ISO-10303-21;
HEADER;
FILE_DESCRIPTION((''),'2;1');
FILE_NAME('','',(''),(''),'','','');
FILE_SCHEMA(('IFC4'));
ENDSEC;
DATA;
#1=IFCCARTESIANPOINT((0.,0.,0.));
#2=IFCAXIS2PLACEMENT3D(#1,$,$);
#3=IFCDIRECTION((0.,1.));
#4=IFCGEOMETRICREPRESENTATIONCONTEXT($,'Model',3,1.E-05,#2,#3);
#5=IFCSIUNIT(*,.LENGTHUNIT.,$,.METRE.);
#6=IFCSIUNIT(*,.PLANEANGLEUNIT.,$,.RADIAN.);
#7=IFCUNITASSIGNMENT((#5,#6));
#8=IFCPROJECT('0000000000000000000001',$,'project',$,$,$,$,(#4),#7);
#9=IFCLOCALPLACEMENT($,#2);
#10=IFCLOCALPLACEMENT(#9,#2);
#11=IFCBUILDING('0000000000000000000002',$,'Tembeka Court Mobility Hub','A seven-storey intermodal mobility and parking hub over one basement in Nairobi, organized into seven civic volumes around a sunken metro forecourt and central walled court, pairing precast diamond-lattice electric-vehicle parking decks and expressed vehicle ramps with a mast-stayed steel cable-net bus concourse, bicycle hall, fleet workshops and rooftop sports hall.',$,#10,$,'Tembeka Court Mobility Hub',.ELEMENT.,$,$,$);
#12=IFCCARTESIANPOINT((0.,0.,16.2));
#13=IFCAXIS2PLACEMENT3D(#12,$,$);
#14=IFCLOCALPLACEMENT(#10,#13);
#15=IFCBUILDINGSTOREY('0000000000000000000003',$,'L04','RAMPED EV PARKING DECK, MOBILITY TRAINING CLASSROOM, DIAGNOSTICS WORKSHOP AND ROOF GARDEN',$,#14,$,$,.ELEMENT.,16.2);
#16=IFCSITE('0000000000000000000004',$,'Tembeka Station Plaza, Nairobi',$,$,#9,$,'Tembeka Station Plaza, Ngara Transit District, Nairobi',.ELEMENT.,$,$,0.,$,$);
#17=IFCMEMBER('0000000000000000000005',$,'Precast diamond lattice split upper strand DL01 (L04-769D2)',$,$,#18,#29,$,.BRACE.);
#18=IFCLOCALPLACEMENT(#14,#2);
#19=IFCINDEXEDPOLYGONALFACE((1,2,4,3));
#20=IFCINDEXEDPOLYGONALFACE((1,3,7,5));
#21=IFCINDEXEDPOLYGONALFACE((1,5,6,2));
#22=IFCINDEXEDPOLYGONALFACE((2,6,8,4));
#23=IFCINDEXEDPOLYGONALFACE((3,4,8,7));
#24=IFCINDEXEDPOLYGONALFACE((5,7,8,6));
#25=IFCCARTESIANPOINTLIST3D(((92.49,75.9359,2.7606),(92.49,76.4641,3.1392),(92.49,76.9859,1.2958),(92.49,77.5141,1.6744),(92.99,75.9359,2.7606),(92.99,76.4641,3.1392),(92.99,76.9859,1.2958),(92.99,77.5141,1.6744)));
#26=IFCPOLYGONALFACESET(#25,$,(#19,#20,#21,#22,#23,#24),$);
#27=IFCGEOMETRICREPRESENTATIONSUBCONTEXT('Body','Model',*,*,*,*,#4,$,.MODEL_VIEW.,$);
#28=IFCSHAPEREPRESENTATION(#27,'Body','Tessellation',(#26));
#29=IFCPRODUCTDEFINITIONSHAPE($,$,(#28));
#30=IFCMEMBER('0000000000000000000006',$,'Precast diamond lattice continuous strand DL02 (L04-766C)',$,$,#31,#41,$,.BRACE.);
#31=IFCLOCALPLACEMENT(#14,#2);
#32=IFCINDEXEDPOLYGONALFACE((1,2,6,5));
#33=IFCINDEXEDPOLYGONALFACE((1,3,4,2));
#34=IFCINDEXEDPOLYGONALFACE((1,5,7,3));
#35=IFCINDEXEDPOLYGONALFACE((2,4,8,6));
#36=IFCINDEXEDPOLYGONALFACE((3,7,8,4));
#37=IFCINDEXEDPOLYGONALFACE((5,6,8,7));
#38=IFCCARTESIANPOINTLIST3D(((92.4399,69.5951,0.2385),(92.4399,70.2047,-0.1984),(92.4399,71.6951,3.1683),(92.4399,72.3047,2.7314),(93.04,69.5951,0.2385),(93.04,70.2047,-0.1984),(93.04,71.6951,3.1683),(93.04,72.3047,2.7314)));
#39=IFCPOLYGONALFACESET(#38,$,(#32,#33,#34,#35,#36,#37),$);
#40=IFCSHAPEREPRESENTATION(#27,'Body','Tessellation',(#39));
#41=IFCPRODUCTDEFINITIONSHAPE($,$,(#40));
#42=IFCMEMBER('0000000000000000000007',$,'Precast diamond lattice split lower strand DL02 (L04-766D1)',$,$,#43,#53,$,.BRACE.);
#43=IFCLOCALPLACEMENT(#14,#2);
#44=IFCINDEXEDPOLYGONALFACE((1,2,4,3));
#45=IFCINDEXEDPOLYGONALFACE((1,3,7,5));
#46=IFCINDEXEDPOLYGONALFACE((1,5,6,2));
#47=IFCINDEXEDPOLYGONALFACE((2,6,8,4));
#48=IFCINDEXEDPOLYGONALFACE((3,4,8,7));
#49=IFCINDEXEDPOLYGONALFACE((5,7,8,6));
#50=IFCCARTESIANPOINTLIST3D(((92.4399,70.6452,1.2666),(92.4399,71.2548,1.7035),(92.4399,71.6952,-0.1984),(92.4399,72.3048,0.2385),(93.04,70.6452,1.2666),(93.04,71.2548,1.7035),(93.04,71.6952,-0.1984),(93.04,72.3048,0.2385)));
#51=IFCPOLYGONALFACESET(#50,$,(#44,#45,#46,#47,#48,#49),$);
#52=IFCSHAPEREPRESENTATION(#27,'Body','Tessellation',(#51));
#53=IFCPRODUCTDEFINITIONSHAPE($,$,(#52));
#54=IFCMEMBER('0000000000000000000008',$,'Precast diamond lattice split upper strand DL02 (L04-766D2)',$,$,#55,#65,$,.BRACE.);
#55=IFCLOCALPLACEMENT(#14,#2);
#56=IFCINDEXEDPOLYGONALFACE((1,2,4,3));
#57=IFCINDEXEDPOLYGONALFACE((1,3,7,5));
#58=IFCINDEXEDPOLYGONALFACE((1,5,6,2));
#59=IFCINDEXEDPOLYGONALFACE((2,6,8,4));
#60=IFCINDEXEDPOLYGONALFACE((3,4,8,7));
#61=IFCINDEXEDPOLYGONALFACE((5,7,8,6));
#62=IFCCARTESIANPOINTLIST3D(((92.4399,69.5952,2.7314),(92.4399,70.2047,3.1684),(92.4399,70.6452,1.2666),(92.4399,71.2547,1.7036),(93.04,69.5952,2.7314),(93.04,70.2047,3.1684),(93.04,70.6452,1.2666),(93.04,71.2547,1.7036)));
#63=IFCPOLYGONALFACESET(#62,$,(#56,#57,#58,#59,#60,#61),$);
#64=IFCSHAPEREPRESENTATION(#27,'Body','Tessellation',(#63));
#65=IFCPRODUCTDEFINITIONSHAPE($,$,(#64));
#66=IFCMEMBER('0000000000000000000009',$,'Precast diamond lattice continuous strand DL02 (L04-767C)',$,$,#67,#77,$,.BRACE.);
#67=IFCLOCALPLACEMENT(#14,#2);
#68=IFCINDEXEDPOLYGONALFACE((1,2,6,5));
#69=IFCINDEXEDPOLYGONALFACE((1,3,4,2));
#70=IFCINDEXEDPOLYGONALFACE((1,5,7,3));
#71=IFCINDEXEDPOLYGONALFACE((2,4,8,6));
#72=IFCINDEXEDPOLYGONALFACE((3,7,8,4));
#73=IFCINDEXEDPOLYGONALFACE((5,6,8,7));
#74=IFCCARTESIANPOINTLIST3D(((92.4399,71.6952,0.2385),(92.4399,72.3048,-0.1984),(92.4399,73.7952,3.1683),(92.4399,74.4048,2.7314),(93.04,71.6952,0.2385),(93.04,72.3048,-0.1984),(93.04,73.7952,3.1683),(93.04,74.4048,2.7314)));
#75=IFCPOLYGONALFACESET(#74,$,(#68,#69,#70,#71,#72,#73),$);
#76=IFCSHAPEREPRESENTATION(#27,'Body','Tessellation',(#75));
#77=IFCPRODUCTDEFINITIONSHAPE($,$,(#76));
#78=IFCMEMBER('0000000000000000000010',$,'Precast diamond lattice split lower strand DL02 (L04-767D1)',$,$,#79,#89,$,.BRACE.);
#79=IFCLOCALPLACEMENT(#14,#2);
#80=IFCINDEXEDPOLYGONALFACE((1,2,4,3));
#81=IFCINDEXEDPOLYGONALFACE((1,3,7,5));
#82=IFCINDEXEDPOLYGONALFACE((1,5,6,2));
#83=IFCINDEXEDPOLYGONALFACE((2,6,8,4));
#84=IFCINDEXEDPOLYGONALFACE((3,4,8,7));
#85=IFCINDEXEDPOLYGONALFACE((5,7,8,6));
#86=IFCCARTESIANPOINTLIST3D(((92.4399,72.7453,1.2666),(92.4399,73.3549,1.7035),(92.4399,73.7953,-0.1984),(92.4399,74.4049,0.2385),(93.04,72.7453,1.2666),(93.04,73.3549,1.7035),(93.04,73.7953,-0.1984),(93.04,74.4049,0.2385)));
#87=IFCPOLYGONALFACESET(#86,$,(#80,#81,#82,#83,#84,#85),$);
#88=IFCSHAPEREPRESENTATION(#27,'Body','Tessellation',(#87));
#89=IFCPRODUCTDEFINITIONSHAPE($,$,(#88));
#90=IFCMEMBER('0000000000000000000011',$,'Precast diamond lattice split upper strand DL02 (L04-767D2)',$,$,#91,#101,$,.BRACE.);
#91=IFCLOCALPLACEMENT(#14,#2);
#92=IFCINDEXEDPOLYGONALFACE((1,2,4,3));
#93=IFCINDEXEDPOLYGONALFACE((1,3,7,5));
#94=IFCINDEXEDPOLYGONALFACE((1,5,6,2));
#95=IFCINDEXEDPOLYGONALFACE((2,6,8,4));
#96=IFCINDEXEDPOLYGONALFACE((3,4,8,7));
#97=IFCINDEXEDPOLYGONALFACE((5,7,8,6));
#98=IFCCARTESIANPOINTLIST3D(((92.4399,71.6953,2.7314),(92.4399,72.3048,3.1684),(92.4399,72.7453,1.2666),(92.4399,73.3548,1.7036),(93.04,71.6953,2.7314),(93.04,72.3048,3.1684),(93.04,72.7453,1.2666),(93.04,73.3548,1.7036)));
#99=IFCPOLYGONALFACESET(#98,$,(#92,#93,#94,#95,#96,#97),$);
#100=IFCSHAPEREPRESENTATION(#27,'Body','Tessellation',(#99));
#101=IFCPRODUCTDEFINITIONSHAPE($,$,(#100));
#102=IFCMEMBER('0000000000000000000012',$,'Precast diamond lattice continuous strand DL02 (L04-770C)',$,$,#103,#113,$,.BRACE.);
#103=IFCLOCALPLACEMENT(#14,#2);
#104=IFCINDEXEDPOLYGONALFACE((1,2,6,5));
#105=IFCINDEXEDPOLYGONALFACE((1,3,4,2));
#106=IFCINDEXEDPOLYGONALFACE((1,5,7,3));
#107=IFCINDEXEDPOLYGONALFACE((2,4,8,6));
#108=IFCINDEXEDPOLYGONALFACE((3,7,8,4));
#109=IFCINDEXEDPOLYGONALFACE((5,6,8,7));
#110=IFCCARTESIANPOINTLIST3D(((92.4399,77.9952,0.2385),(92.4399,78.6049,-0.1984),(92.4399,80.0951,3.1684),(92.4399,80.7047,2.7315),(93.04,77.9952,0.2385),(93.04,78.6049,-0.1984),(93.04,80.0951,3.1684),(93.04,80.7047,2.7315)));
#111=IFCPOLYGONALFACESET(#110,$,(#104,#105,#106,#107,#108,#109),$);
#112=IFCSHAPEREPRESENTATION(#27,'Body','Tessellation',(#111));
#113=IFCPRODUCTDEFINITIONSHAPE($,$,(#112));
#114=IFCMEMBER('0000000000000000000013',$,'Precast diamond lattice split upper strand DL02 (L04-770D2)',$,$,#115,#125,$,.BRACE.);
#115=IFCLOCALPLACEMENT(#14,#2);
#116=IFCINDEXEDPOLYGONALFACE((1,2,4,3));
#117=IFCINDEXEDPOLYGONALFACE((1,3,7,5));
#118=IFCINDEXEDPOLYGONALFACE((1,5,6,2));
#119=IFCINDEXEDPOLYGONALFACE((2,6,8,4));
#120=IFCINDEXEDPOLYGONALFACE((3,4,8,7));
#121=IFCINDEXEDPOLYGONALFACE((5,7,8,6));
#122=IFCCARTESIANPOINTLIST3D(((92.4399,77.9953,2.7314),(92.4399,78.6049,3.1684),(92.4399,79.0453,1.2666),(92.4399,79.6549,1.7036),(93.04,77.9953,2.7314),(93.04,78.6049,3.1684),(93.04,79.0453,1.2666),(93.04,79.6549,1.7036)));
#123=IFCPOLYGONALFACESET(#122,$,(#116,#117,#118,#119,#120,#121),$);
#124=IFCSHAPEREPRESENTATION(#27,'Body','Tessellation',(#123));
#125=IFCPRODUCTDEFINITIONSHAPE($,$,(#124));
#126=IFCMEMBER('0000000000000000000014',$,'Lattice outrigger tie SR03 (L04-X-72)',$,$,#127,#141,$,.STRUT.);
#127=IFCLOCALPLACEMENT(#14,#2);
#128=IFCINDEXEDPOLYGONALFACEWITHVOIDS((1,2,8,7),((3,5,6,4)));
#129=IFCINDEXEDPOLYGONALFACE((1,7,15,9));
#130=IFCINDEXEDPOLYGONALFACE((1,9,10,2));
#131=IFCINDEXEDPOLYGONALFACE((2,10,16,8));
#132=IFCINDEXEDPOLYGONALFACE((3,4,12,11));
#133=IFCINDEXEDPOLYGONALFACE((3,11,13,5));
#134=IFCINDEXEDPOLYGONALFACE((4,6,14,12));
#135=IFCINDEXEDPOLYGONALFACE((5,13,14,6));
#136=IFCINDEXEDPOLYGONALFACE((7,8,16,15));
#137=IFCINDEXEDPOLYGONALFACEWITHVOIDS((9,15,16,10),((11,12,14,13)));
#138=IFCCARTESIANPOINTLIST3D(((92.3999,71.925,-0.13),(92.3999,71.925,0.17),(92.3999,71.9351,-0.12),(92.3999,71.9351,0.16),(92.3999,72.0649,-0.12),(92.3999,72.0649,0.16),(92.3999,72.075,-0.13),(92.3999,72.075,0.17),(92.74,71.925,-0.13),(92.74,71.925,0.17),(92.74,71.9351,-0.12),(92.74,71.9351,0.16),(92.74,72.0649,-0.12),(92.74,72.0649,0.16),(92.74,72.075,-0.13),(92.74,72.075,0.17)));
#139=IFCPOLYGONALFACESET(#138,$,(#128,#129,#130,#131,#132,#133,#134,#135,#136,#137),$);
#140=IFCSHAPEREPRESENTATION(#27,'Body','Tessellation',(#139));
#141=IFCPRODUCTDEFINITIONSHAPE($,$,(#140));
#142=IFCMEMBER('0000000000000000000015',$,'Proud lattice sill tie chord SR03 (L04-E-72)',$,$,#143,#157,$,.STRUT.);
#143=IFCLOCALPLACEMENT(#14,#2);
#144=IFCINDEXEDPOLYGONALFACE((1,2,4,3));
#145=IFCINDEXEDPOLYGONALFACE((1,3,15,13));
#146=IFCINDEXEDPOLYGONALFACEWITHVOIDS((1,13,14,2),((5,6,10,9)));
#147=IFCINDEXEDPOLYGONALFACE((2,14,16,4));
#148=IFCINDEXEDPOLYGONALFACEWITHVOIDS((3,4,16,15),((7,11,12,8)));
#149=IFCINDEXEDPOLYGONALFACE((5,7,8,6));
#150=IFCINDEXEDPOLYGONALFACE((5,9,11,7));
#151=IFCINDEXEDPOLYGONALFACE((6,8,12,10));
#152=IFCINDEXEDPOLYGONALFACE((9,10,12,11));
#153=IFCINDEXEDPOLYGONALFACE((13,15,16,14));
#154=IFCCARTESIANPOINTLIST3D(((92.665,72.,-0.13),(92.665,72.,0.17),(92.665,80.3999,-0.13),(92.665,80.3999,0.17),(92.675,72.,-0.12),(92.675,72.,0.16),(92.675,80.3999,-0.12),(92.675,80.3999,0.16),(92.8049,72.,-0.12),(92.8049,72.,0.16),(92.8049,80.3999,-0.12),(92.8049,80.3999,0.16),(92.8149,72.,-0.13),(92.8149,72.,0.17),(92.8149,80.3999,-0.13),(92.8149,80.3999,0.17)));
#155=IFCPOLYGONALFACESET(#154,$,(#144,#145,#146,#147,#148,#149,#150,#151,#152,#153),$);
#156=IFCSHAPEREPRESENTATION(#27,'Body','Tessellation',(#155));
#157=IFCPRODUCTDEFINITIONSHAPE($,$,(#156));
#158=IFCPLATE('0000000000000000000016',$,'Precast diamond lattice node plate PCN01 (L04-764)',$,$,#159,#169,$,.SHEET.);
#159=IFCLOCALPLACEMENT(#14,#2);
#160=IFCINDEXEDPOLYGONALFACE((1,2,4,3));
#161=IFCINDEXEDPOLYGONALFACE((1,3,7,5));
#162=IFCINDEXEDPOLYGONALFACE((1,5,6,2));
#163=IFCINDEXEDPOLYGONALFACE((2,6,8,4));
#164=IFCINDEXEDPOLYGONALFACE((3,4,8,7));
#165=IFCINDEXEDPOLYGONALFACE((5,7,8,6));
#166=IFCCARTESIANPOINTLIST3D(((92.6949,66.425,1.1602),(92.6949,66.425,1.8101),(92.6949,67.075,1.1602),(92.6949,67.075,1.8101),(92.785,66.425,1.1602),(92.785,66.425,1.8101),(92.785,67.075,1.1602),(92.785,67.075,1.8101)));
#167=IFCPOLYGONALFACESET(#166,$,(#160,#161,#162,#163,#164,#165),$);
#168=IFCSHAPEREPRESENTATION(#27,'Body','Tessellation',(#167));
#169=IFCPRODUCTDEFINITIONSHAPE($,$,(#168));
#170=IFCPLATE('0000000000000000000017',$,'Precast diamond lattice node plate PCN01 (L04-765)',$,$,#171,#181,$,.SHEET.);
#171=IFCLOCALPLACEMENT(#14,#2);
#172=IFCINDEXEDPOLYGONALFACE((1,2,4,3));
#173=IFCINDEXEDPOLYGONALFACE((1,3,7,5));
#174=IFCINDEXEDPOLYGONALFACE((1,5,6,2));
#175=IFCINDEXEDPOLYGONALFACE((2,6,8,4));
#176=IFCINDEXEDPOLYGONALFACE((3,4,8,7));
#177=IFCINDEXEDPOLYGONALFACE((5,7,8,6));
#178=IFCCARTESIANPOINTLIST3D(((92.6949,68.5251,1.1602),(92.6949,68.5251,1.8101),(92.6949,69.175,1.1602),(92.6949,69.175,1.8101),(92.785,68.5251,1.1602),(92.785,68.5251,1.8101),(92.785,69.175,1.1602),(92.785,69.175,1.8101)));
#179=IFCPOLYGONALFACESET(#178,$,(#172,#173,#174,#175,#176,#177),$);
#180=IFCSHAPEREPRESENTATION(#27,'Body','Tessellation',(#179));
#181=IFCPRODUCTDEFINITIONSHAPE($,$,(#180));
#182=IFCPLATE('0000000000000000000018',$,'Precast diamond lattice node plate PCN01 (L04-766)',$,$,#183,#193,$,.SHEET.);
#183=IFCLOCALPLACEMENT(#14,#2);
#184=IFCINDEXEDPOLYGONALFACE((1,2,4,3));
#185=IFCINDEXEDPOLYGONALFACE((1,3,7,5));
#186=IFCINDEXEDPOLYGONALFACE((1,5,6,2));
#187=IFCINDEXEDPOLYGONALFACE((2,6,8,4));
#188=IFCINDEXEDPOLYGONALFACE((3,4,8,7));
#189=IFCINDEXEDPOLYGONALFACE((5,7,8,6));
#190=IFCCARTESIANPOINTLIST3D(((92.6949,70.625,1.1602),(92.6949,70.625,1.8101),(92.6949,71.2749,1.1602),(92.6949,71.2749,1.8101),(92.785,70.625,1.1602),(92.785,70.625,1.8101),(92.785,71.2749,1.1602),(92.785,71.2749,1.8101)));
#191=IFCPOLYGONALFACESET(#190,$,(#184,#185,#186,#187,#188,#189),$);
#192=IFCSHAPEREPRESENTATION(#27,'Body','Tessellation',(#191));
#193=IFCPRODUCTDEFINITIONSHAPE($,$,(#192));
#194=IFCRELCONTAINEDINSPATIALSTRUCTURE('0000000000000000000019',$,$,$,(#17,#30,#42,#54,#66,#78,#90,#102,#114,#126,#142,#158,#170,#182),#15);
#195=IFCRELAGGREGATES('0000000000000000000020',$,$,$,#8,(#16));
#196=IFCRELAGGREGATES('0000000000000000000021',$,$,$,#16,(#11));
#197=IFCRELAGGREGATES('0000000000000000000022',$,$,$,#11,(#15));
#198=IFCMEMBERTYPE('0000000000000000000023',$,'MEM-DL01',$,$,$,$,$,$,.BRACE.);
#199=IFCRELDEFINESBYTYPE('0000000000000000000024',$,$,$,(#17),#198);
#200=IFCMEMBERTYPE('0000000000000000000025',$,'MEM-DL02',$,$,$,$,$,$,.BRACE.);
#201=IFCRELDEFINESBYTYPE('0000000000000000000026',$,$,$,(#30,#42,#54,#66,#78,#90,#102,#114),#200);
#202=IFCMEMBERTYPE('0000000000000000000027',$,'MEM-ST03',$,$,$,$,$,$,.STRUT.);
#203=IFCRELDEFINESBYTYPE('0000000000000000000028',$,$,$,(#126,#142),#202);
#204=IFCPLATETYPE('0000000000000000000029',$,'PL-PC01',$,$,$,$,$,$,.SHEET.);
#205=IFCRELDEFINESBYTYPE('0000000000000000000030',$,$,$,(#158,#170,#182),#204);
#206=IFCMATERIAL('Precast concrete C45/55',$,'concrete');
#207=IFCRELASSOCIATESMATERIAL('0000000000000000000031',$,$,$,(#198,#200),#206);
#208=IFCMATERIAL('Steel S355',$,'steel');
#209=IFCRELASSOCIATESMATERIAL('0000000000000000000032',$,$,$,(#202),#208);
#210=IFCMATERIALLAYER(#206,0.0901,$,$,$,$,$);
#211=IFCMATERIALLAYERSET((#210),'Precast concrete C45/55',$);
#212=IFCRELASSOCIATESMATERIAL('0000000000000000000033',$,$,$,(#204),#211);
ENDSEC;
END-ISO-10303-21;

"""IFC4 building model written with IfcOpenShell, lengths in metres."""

from ifc_helpers import new_model, si_unit, direction, frame, origin, origin_2d, place, context, subcontext, project, spatial, rectangle, hollow_rectangle, extrude, material, layer, layer_set, material_profile, profile_set, type_object, element, save


model = new_model("IFC4")

# Units and contexts
model_context = context("Model", 3, precision=1e-05, world=origin(), true_north=direction((0.0, 1.0)))
body_context = subcontext(model_context, "Body", "Model", "MODEL_VIEW")
ifc_project = project(units=[si_unit("LENGTHUNIT", "METRE"), si_unit("PLANEANGLEUNIT", "RADIAN")], contexts=[model_context])

# Site, building, storey
site_placement = place(None, origin())
site = spatial("IfcSite", under=ifc_project, at=site_placement, Name="Tembeka Station Plaza, Nairobi", LongName="Tembeka Station Plaza, Ngara Transit District, Nairobi", CompositionType="ELEMENT", RefElevation=0.0)
building_placement = place(site_placement, origin())
building = spatial("IfcBuilding", under=site, at=building_placement, Name="Tembeka Court Mobility Hub", Description="A seven-storey intermodal mobility and parking hub over one basement in Nairobi, organized into seven civic volumes around a sunken metro forecourt and central walled court, pairing precast diamond-lattice electric-vehicle parking decks and expressed vehicle ramps with a mast-stayed steel cable-net bus concourse, bicycle hall, fleet workshops and rooftop sports hall.", LongName="Tembeka Court Mobility Hub", CompositionType="ELEMENT")
storey_placement = place(building_placement, frame((0.0, 0.0, 16.2)))
storey = spatial("IfcBuildingStorey", under=building, at=storey_placement, Name="L04", Description="RAMPED EV PARKING DECK, MOBILITY TRAINING CLASSROOM, DIAGNOSTICS WORKSHOP AND ROOF GARDEN", CompositionType="ELEMENT", Elevation=16.2)

# Shared definitions
ifc_material_1 = material(Name="Steel S355", Category="steel")

# Shared definitions
ifc_material_2 = material(Name="Precast concrete C45/55", Category="concrete")

# Members
ifc_material_profile_1 = material_profile(ifc_material_2, rectangle(XDim=0.5, YDim=0.6499, at=origin_2d()), Name="PC-DIAG 500x650")
ifc_profile_set_1 = profile_set([ifc_material_profile_1], Name="Precast concrete C45/55")
member_type_1 = type_object("IfcMemberType", Name="MEM-DL01", PredefinedType="BRACE", material=ifc_profile_set_1)
member_1_placement = place(storey_placement, frame((92.74, 77.25, 1.4851), z_axis=(0.0, -0.582608, 0.812753), x_axis=(1.0, 0.0, 0.0)))
element("IfcMember", 1, at=member_1_placement, inside=storey, type_object=member_type_1, Name="Precast diamond lattice split upper strand DL01 (L04-769D2)", PredefinedType="BRACE", context=body_context, shape_type="SweptSolid", body=[
    extrude(rectangle(XDim=0.5, YDim=0.6499, at=origin_2d()), origin(), (0.0, 0.0, 1.0), 1.8022),
])
ifc_material_profile_2 = material_profile(ifc_material_2, rectangle(XDim=0.6001, YDim=0.75, at=origin_2d()), Name="PC-DIAG 600x750")
ifc_profile_set_2 = profile_set([ifc_material_profile_2], Name="Precast concrete C45/55")
member_type_2 = type_object("IfcMemberType", Name="MEM-DL02", PredefinedType="BRACE", material=ifc_profile_set_2)
member_2_placement = place(storey_placement, frame((92.74, 69.8999, 0.02), z_axis=(0.0, 0.582576, 0.812776), x_axis=(-1.0, 0.0, 0.0)))
element("IfcMember", 2, at=member_2_placement, inside=storey, type_object=member_type_2, Name="Precast diamond lattice continuous strand DL02 (L04-766C)", PredefinedType="BRACE", context=body_context, shape_type="SweptSolid", body=[
    extrude(rectangle(XDim=0.6001, YDim=0.75, at=origin_2d()), origin(), (0.0, 0.0, 1.0), 3.6047),
])
member_3_placement = place(storey_placement, frame((92.74, 72.0, 0.02), z_axis=(0.0, -0.582544, 0.812799), x_axis=(1.0, 0.0, 0.0)))
element("IfcMember", 3, at=member_3_placement, inside=storey, type_object=member_type_2, Name="Precast diamond lattice split lower strand DL02 (L04-766D1)", PredefinedType="BRACE", context=body_context, shape_type="SweptSolid", body=[
    extrude(rectangle(XDim=0.6001, YDim=0.75, at=origin_2d()), origin(), (0.0, 0.0, 1.0), 1.8025),
])
member_4_placement = place(storey_placement, frame((92.74, 70.95, 1.4851), z_axis=(0.0, -0.582608, 0.812753), x_axis=(1.0, 0.0, 0.0)))
element("IfcMember", 4, at=member_4_placement, inside=storey, type_object=member_type_2, Name="Precast diamond lattice split upper strand DL02 (L04-766D2)", PredefinedType="BRACE", context=body_context, shape_type="SweptSolid", body=[
    extrude(rectangle(XDim=0.6001, YDim=0.75, at=origin_2d()), origin(), (0.0, 0.0, 1.0), 1.8022),
])
member_5_placement = place(storey_placement, frame((92.74, 72.0, 0.02), z_axis=(0.0, 0.582576, 0.812776), x_axis=(-1.0, 0.0, 0.0)))
element("IfcMember", 5, at=member_5_placement, inside=storey, type_object=member_type_2, Name="Precast diamond lattice continuous strand DL02 (L04-767C)", PredefinedType="BRACE", context=body_context, shape_type="SweptSolid", body=[
    extrude(rectangle(XDim=0.6001, YDim=0.75, at=origin_2d()), origin(), (0.0, 0.0, 1.0), 3.6047),
])
member_6_placement = place(storey_placement, frame((92.74, 74.1001, 0.02), z_axis=(0.0, -0.582544, 0.812799), x_axis=(1.0, 0.0, 0.0)))
element("IfcMember", 6, at=member_6_placement, inside=storey, type_object=member_type_2, Name="Precast diamond lattice split lower strand DL02 (L04-767D1)", PredefinedType="BRACE", context=body_context, shape_type="SweptSolid", body=[
    extrude(rectangle(XDim=0.6001, YDim=0.75, at=origin_2d()), origin(), (0.0, 0.0, 1.0), 1.8025),
])
member_7_placement = place(storey_placement, frame((92.74, 73.05, 1.4851), z_axis=(0.0, -0.582608, 0.812753), x_axis=(1.0, 0.0, 0.0)))
element("IfcMember", 7, at=member_7_placement, inside=storey, type_object=member_type_2, Name="Precast diamond lattice split upper strand DL02 (L04-767D2)", PredefinedType="BRACE", context=body_context, shape_type="SweptSolid", body=[
    extrude(rectangle(XDim=0.6001, YDim=0.75, at=origin_2d()), origin(), (0.0, 0.0, 1.0), 1.8022),
])
member_8_placement = place(storey_placement, frame((92.74, 78.3, 0.02), z_axis=(0.0, 0.582532, 0.812808), x_axis=(-1.0, 0.0, 0.0)))
element("IfcMember", 8, at=member_8_placement, inside=storey, type_object=member_type_2, Name="Precast diamond lattice continuous strand DL02 (L04-770C)", PredefinedType="BRACE", context=body_context, shape_type="SweptSolid", body=[
    extrude(rectangle(XDim=0.6001, YDim=0.75, at=origin_2d()), origin(), (0.0, 0.0, 1.0), 3.6047),
])
member_9_placement = place(storey_placement, frame((92.74, 79.3501, 1.4851), z_axis=(0.0, -0.582608, 0.812753), x_axis=(1.0, 0.0, 0.0)))
element("IfcMember", 9, at=member_9_placement, inside=storey, type_object=member_type_2, Name="Precast diamond lattice split upper strand DL02 (L04-770D2)", PredefinedType="BRACE", context=body_context, shape_type="SweptSolid", body=[
    extrude(rectangle(XDim=0.6001, YDim=0.75, at=origin_2d()), origin(), (0.0, 0.0, 1.0), 1.8022),
])
ifc_material_profile_3 = material_profile(ifc_material_1, hollow_rectangle(XDim=0.1499, YDim=0.3, WallThickness=0.01, at=origin_2d()), Name="RHS 300x150x10")
ifc_profile_set_3 = profile_set([ifc_material_profile_3], Name="Steel S355")
member_type_3 = type_object("IfcMemberType", Name="MEM-ST03", PredefinedType="STRUT", material=ifc_profile_set_3)
member_10_placement = place(storey_placement, frame((92.3999, 72.0, 0.02), z_axis=(1.0, 0.0, 0.0), x_axis=(0.0, 1.0, 0.0)))
element("IfcMember", 10, at=member_10_placement, inside=storey, type_object=member_type_3, Name="Lattice outrigger tie SR03 (L04-X-72)", PredefinedType="STRUT", context=body_context, shape_type="SweptSolid", body=[
    extrude(hollow_rectangle(XDim=0.1499, YDim=0.3, WallThickness=0.01, at=origin_2d()), origin(), (0.0, 0.0, 1.0), 0.3401),
])
member_11_placement = place(storey_placement, frame((92.74, 72.0, 0.02), z_axis=(0.0, 1.0, 0.0), x_axis=(-1.0, 0.0, 0.0)))
element("IfcMember", 11, at=member_11_placement, inside=storey, type_object=member_type_3, Name="Proud lattice sill tie chord SR03 (L04-E-72)", PredefinedType="STRUT", context=body_context, shape_type="SweptSolid", body=[
    extrude(hollow_rectangle(XDim=0.1499, YDim=0.3, WallThickness=0.01, at=origin_2d()), origin(), (0.0, 0.0, 1.0), 8.3999),
])

# Plates
ifc_layer = layer(ifc_material_2, 0.0901)
ifc_layer_set = layer_set([ifc_layer], Name="Precast concrete C45/55")
plate_type = type_object("IfcPlateType", Name="PL-PC01", PredefinedType="SHEET", material=ifc_layer_set)
for number, where, z_axis, x_axis, name in (
    (12, (92.74, 66.75, 1.1602), (0.0, 0.0, 1.0), (1.0, 0.0, 0.0), "Precast diamond lattice node plate PCN01 (L04-764)"),
    (13, (92.74, 68.8501, 1.1602), (0.0, 0.0, 1.0), (1.0, 0.0, 0.0), "Precast diamond lattice node plate PCN01 (L04-765)"),
    (14, (92.74, 70.95, 1.1602), (0.0, 0.0, 1.0), (1.0, 0.0, 0.0), "Precast diamond lattice node plate PCN01 (L04-766)"),
):
    element("IfcPlate", number, at=place(storey_placement, frame(where, z_axis=z_axis, x_axis=x_axis)), inside=storey, type_object=plate_type, Name=name, PredefinedType="SHEET", context=body_context, shape_type="SweptSolid", body=[
        extrude(rectangle(XDim=0.0901, YDim=0.6499, at=origin_2d()), origin(), (0.0, 0.0, 1.0), 0.6499),
    ])

save(model, "model.ifc")
